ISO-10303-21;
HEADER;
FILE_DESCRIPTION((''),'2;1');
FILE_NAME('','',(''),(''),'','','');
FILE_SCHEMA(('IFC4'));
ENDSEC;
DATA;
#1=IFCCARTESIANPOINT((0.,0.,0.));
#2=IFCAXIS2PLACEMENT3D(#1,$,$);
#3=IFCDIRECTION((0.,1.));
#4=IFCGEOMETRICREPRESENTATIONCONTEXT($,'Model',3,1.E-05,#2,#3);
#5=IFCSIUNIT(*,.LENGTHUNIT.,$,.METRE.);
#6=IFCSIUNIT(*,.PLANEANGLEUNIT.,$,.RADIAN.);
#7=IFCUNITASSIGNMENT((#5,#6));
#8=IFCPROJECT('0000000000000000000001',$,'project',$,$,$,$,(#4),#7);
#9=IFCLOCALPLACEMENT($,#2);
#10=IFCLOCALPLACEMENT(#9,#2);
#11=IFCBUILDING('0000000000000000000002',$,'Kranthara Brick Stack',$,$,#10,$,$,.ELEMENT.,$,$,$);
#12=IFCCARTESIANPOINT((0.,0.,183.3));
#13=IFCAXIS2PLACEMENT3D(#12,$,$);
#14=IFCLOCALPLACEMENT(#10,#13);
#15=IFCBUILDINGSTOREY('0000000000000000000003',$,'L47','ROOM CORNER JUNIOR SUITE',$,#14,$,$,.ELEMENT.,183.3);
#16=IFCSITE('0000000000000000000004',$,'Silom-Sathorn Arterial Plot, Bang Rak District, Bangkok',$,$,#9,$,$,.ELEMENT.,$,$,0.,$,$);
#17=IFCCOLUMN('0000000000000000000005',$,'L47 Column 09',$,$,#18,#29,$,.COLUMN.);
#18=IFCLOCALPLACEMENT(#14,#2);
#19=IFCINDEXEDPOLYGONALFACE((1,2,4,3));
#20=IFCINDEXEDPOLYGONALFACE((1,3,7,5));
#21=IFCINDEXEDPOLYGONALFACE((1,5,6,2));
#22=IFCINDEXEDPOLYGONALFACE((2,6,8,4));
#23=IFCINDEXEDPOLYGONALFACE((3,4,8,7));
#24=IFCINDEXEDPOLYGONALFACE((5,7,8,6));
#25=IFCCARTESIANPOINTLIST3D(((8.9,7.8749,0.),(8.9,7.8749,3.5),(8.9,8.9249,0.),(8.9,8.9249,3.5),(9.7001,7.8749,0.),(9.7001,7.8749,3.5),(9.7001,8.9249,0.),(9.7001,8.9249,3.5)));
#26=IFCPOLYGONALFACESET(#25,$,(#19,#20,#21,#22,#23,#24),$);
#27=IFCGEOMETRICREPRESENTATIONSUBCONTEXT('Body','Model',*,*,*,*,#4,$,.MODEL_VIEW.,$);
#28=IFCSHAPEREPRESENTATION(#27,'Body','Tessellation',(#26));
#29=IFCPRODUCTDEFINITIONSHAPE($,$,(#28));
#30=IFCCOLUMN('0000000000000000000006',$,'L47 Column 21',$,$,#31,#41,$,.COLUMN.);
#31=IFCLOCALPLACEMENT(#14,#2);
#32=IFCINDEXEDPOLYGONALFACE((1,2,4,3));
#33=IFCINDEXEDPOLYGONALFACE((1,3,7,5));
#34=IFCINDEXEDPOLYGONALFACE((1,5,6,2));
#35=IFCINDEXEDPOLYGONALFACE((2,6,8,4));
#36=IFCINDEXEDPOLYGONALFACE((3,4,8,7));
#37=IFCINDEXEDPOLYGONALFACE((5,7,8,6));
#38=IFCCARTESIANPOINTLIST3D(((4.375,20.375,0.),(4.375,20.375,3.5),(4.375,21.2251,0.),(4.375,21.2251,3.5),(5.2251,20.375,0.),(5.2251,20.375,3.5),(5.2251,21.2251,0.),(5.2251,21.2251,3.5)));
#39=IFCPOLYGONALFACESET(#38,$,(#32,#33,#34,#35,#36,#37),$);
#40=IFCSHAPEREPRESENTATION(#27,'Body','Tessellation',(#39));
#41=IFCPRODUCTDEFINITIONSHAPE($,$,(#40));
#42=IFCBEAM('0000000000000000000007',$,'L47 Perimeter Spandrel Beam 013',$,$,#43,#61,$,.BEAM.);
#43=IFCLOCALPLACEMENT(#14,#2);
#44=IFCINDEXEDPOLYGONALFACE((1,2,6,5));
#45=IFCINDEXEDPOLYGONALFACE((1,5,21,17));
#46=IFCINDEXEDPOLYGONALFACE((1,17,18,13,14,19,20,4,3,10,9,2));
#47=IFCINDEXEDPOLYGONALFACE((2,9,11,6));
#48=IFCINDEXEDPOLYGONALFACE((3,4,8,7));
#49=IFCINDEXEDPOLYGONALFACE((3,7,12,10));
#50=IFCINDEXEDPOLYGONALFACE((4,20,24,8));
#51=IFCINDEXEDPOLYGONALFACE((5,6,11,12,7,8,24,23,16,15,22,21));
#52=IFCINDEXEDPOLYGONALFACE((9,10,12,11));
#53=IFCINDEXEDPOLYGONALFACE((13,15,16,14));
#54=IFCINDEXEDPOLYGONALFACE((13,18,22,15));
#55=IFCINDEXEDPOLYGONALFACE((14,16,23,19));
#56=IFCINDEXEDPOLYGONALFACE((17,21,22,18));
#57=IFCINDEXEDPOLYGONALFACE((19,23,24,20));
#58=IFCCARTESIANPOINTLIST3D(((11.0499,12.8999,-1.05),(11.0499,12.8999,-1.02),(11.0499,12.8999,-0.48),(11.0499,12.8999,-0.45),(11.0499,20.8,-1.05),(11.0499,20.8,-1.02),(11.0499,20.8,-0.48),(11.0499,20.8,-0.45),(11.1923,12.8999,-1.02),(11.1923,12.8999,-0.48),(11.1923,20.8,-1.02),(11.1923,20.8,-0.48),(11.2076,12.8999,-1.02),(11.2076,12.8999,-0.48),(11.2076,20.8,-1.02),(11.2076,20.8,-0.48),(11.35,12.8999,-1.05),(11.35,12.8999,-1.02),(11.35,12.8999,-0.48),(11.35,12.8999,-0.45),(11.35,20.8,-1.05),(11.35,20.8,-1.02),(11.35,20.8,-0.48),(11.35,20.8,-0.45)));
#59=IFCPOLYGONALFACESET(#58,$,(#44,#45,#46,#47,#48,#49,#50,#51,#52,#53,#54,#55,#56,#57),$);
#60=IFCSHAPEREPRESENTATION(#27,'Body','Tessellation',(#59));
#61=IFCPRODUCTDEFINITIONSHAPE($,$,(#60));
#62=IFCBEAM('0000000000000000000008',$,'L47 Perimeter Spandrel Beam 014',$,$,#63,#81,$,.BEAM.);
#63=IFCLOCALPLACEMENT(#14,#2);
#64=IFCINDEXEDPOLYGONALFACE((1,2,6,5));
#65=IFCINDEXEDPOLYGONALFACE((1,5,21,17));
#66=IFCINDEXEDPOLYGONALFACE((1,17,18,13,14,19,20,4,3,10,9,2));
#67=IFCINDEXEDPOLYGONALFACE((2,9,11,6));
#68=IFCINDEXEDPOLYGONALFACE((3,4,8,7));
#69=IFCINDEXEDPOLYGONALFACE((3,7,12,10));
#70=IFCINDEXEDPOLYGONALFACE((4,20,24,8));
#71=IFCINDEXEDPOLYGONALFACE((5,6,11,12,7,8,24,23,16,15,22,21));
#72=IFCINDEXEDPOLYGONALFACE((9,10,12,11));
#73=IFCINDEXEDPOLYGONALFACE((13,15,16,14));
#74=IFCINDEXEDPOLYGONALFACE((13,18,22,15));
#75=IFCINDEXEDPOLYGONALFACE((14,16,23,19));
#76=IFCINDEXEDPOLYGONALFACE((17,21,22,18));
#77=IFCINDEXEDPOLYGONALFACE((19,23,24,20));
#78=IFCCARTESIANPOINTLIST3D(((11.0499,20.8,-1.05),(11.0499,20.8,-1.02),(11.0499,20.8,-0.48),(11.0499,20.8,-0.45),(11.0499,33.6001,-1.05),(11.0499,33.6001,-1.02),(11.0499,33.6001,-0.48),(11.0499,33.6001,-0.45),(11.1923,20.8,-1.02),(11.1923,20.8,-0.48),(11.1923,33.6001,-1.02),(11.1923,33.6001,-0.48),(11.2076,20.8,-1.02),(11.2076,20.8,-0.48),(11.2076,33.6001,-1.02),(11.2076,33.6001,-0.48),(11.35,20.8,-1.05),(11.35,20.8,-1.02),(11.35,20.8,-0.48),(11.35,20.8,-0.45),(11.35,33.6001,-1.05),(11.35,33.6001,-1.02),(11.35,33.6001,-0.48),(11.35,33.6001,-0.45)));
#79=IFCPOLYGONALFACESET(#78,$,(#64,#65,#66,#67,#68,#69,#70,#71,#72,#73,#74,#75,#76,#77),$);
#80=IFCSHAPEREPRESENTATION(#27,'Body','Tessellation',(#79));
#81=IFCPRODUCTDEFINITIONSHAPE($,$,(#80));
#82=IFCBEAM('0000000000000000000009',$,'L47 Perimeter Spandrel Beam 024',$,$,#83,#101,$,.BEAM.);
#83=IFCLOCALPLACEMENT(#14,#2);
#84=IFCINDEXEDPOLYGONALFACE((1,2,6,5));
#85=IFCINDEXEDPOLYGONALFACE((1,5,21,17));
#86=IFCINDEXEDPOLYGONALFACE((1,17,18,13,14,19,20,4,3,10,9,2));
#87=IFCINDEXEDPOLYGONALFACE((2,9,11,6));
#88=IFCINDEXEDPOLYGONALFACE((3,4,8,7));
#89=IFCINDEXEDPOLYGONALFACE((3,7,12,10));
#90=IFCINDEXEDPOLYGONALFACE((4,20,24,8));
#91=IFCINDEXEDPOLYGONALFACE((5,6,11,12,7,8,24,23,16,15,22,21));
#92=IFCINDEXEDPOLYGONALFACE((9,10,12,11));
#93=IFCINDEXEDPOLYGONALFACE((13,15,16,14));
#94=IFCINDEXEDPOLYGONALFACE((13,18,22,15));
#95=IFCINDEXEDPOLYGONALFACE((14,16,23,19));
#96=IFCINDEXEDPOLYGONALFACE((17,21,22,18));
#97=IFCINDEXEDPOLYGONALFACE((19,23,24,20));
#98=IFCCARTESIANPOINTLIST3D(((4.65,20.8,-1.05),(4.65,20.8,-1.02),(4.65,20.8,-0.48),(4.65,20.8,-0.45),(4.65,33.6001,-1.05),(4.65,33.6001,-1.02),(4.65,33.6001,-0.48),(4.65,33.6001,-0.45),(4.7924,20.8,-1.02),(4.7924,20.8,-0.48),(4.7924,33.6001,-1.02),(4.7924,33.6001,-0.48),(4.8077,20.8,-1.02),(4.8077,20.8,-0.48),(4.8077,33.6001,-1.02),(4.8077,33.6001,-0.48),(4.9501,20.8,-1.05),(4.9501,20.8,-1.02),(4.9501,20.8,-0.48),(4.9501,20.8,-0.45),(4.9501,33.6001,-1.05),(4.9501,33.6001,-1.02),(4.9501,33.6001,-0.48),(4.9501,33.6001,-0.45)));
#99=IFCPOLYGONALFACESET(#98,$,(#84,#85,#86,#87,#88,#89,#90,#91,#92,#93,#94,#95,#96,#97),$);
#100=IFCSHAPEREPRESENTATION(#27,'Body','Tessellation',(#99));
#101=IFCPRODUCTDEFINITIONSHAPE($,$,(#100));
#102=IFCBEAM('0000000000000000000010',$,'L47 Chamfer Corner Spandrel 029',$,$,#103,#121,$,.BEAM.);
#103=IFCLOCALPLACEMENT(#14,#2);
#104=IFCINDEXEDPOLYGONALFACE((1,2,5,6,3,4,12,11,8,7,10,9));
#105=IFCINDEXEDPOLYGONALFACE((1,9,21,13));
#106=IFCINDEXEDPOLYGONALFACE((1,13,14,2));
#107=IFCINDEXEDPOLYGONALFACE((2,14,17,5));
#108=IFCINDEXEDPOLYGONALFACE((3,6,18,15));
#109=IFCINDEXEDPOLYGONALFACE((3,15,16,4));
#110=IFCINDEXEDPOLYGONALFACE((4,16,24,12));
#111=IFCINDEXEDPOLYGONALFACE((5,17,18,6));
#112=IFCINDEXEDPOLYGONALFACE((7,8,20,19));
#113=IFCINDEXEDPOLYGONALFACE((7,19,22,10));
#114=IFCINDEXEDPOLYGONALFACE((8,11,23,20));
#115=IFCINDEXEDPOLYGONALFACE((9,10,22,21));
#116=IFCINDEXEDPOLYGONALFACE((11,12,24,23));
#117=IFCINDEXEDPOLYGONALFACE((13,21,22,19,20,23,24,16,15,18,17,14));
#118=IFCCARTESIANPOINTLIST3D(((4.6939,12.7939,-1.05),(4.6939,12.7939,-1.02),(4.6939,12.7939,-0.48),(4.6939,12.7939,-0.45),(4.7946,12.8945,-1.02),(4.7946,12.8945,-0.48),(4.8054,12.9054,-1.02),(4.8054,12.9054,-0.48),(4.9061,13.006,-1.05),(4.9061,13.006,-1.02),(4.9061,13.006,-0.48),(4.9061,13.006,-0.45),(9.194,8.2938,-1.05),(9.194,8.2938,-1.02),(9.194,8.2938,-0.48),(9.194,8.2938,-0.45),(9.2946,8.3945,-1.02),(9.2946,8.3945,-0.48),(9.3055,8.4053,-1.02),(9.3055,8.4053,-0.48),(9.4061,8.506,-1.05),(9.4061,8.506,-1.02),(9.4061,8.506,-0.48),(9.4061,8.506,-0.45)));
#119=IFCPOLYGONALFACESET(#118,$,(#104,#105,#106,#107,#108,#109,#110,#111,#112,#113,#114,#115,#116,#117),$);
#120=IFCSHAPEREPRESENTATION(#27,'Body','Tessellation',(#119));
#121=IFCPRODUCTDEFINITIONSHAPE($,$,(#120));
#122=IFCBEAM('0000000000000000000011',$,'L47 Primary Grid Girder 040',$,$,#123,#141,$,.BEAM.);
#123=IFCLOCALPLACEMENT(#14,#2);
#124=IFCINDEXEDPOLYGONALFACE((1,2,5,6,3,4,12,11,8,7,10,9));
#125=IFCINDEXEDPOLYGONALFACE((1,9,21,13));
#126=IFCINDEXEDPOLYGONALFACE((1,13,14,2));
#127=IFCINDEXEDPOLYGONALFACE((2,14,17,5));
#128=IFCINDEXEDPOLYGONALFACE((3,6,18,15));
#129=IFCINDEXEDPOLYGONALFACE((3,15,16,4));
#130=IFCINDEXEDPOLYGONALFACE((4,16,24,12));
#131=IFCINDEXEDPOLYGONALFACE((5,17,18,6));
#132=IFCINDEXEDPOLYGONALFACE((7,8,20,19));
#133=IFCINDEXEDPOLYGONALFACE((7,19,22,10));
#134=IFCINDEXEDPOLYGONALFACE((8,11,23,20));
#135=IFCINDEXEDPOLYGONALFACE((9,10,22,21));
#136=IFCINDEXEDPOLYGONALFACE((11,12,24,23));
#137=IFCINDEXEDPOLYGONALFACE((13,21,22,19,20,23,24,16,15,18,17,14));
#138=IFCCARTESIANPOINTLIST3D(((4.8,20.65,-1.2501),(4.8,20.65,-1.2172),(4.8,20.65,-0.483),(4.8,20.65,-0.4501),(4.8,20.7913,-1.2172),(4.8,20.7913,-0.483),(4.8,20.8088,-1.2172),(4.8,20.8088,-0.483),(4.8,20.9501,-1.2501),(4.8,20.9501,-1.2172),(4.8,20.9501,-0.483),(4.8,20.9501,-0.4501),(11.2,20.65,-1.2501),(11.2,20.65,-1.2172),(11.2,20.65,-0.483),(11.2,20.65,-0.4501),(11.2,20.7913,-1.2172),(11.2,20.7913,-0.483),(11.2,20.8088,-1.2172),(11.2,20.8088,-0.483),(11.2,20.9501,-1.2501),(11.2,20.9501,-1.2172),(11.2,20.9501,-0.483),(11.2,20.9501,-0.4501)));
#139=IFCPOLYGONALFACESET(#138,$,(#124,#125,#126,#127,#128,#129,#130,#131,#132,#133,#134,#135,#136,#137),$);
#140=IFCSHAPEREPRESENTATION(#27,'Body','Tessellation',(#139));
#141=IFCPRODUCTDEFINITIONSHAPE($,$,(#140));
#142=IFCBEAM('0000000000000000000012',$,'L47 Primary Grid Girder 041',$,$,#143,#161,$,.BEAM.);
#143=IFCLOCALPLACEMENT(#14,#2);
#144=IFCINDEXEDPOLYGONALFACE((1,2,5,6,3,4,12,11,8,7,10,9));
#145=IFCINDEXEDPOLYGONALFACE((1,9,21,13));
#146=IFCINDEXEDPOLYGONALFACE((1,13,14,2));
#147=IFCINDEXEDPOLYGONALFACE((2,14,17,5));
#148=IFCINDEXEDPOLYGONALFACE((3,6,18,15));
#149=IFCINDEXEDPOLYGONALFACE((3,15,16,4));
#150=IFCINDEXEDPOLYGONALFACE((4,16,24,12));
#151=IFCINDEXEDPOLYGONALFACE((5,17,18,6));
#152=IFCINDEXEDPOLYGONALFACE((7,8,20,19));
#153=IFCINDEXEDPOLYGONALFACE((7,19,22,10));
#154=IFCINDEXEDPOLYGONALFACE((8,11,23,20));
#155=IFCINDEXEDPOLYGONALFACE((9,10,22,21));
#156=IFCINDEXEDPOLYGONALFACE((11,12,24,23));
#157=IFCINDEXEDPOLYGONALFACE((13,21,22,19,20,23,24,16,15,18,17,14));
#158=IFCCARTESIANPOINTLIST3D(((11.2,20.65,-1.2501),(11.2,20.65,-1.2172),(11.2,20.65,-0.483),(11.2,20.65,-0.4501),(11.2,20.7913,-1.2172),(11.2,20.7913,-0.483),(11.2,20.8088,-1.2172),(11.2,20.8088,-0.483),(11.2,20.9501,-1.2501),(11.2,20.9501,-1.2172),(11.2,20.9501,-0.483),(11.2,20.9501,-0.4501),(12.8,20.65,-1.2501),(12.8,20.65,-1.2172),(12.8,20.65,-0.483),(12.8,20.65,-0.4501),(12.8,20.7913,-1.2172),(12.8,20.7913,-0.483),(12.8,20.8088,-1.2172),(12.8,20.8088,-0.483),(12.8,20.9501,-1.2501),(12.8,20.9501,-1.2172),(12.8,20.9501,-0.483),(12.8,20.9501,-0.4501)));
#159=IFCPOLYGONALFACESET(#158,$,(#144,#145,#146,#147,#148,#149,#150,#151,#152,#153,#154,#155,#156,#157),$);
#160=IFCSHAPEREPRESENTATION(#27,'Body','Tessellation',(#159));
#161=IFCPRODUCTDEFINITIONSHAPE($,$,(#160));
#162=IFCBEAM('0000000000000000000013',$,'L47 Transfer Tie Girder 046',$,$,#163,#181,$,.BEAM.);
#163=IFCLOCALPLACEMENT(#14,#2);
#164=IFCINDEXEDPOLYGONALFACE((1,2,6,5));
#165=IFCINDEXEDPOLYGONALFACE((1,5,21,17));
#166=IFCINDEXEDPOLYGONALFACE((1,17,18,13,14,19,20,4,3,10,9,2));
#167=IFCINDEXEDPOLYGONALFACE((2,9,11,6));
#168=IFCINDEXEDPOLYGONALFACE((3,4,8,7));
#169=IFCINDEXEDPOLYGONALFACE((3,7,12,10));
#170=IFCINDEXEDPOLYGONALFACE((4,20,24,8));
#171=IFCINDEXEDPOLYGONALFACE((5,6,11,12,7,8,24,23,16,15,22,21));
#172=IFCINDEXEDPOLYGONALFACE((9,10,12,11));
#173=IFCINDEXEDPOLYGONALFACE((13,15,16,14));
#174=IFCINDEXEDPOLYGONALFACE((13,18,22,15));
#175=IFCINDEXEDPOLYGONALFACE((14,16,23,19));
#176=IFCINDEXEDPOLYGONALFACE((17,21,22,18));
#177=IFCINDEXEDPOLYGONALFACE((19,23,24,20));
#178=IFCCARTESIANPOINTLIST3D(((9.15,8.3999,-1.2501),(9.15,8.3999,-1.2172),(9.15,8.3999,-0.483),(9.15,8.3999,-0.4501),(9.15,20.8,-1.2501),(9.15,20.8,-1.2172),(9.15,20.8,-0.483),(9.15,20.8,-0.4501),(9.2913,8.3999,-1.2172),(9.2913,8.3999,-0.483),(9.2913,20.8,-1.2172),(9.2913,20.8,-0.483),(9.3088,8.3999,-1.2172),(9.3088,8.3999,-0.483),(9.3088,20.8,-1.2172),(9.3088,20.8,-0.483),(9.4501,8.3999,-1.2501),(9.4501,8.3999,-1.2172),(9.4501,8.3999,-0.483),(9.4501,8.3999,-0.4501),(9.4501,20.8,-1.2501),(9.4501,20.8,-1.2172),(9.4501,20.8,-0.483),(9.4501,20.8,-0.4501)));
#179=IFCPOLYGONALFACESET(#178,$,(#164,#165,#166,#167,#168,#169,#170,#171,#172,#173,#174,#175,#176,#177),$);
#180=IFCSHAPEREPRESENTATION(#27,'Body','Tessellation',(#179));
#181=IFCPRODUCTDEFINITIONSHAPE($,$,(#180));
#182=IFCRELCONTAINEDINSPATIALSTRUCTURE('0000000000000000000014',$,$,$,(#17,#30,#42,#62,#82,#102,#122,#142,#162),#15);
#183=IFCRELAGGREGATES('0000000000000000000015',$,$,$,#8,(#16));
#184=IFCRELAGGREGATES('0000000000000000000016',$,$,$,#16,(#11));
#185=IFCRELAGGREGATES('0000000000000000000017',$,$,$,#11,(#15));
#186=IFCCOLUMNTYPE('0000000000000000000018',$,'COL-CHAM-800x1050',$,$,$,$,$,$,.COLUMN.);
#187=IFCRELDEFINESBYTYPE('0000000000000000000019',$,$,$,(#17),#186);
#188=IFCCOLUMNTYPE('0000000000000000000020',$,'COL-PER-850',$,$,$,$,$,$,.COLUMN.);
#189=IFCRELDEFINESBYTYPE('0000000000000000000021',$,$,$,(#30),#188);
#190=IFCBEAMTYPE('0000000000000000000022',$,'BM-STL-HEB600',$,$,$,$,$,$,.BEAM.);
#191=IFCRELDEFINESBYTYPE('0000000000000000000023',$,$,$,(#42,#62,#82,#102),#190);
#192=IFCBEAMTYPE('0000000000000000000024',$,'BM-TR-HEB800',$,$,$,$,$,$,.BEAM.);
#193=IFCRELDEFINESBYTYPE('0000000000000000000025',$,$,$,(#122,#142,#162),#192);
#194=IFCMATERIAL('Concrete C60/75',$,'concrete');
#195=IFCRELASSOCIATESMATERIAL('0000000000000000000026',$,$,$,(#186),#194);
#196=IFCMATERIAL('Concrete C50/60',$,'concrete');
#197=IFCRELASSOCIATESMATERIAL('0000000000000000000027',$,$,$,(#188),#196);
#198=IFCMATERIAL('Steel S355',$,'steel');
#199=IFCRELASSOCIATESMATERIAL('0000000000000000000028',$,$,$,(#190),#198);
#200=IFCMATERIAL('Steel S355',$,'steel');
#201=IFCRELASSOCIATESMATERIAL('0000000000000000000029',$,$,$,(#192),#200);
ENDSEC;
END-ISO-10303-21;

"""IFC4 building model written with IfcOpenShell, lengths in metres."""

from ifc_helpers import new_model, si_unit, direction, frame, origin, origin_2d, place, context, subcontext, project, spatial, rectangle, i_section, extrude, material, material_profile, profile_set, type_object, element, save


model = new_model("IFC4")

# Units and contexts
model_context = context("Model", 3, precision=1e-05, world=origin(), true_north=direction((0.0, 1.0)))
body_context = subcontext(model_context, "Body", "Model", "MODEL_VIEW")
ifc_project = project(units=[si_unit("LENGTHUNIT", "METRE"), si_unit("PLANEANGLEUNIT", "RADIAN")], contexts=[model_context])

# Site, building, storey
site_placement = place(None, origin())
site = spatial("IfcSite", under=ifc_project, at=site_placement, Name="Silom-Sathorn Arterial Plot, Bang Rak District, Bangkok", CompositionType="ELEMENT", RefElevation=0.0)
building_placement = place(site_placement, origin())
building = spatial("IfcBuilding", under=site, at=building_placement, Name="Kranthara Brick Stack", CompositionType="ELEMENT")
storey_placement = place(building_placement, frame((0.0, 0.0, 183.3)))
storey = spatial("IfcBuildingStorey", under=building, at=storey_placement, Name="L47", Description="ROOM CORNER JUNIOR SUITE", CompositionType="ELEMENT", Elevation=183.3)

# Columns
ifc_material_1 = material(Name="Concrete C60/75", Category="concrete")
ifc_material_profile_1 = material_profile(ifc_material_1, rectangle(XDim=0.8, YDim=1.05, at=origin_2d()), Name="RC 800x1050")
ifc_profile_set_1 = profile_set([ifc_material_profile_1], Name="Concrete C60/75")
column_type_1 = type_object("IfcColumnType", Name="COL-CHAM-800x1050", PredefinedType="COLUMN", material=ifc_profile_set_1)
column_1_placement = place(storey_placement, frame((9.3, 8.3999, 0.0), z_axis=(0.0, 0.0, 1.0), x_axis=(1.0, 0.0, 0.0)))
element("IfcColumn", 1, at=column_1_placement, inside=storey, type_object=column_type_1, Name="L47 Column 09", PredefinedType="COLUMN", context=body_context, shape_type="SweptSolid", body=[
    extrude(rectangle(XDim=0.8, YDim=1.05, at=origin_2d()), origin(), (0.0, 0.0, 1.0), 3.5),
])
ifc_material_2 = material(Name="Concrete C50/60", Category="concrete")
ifc_material_profile_2 = material_profile(ifc_material_2, rectangle(XDim=0.8501, YDim=0.8501, at=origin_2d()), Name="RC 850x850")
ifc_profile_set_2 = profile_set([ifc_material_profile_2], Name="Concrete C50/60")
column_type_2 = type_object("IfcColumnType", Name="COL-PER-850", PredefinedType="COLUMN", material=ifc_profile_set_2)
column_2_placement = place(storey_placement, frame((4.8, 20.8, 0.0), z_axis=(0.0, 0.0, 1.0), x_axis=(1.0, 0.0, 0.0)))
element("IfcColumn", 2, at=column_2_placement, inside=storey, type_object=column_type_2, Name="L47 Column 21", PredefinedType="COLUMN", context=body_context, shape_type="SweptSolid", body=[
    extrude(rectangle(XDim=0.8501, YDim=0.8501, at=origin_2d()), origin(), (0.0, 0.0, 1.0), 3.5),
])

# Beams
ifc_material_3 = material(Name="Steel S355", Category="steel")
ifc_material_profile_3 = material_profile(ifc_material_3, i_section(OverallWidth=0.3, OverallDepth=0.6001, WebThickness=0.0154, FlangeThickness=0.03, at=origin_2d()), Name="HEB 600")
ifc_profile_set_3 = profile_set([ifc_material_profile_3], Name="Steel S355")
beam_type_1 = type_object("IfcBeamType", Name="BM-STL-HEB600", PredefinedType="BEAM", material=ifc_profile_set_3)
beam_1_placement = place(storey_placement, frame((11.2, 12.8999, -0.75), z_axis=(0.0, 1.0, 0.0), x_axis=(-1.0, 0.0, 0.0)))
element("IfcBeam", 3, at=beam_1_placement, inside=storey, type_object=beam_type_1, Name="L47 Perimeter Spandrel Beam 013", PredefinedType="BEAM", context=body_context, shape_type="SweptSolid", body=[
    extrude(i_section(OverallWidth=0.3, OverallDepth=0.6001, WebThickness=0.0154, FlangeThickness=0.03, at=origin_2d()), origin(), (0.0, 0.0, 1.0), 7.9001),
])
for number, where, z_axis, x_axis, name in (
    (4, (11.2, 20.8, -0.75), (0.0, 1.0, 0.0), (-1.0, 0.0, 0.0), "L47 Perimeter Spandrel Beam 014"),
    (5, (4.8, 20.8, -0.75), (0.0, 1.0, 0.0), (-1.0, 0.0, 0.0), "L47 Perimeter Spandrel Beam 024"),
):
    element("IfcBeam", number, at=place(storey_placement, frame(where, z_axis=z_axis, x_axis=x_axis)), inside=storey, type_object=beam_type_1, Name=name, PredefinedType="BEAM", context=body_context, shape_type="SweptSolid", body=[
        extrude(i_section(OverallWidth=0.3, OverallDepth=0.6001, WebThickness=0.0154, FlangeThickness=0.03, at=origin_2d()), origin(), (0.0, 0.0, 1.0), 12.8),
    ])
beam_2_placement = place(storey_placement, frame((9.3, 8.3999, -0.75), z_axis=(-0.707107, 0.707107, 0.0), x_axis=(-0.707107, -0.707107, 0.0)))
element("IfcBeam", 6, at=beam_2_placement, inside=storey, type_object=beam_type_1, Name="L47 Chamfer Corner Spandrel 029", PredefinedType="BEAM", context=body_context, shape_type="SweptSolid", body=[
    extrude(i_section(OverallWidth=0.3, OverallDepth=0.6001, WebThickness=0.0154, FlangeThickness=0.03, at=origin_2d()), origin(), (0.0, 0.0, 1.0), 6.364),
])
ifc_material_4 = material(Name="Steel S355", Category="steel")
ifc_material_profile_4 = material_profile(ifc_material_4, i_section(OverallWidth=0.3, OverallDepth=0.8, WebThickness=0.0176, FlangeThickness=0.033, at=origin_2d()), Name="HEB 800")
ifc_profile_set_4 = profile_set([ifc_material_profile_4], Name="Steel S355")
beam_type_2 = type_object("IfcBeamType", Name="BM-TR-HEB800", PredefinedType="BEAM", material=ifc_profile_set_4)
beam_3_placement = place(storey_placement, frame((4.8, 20.8, -0.8501), z_axis=(1.0, 0.0, 0.0), x_axis=(0.0, 1.0, 0.0)))
element("IfcBeam", 7, at=beam_3_placement, inside=storey, type_object=beam_type_2, Name="L47 Primary Grid Girder 040", PredefinedType="BEAM", context=body_context, shape_type="SweptSolid", body=[
    extrude(i_section(OverallWidth=0.3, OverallDepth=0.8, WebThickness=0.0176, FlangeThickness=0.033, at=origin_2d()), origin(), (0.0, 0.0, 1.0), 6.3999),
])
beam_4_placement = place(storey_placement, frame((11.2, 20.8, -0.8501), z_axis=(1.0, 0.0, 0.0), x_axis=(0.0, 1.0, 0.0)))
element("IfcBeam", 8, at=beam_4_placement, inside=storey, type_object=beam_type_2, Name="L47 Primary Grid Girder 041", PredefinedType="BEAM", context=body_context, shape_type="SweptSolid", body=[
    extrude(i_section(OverallWidth=0.3, OverallDepth=0.8, WebThickness=0.0176, FlangeThickness=0.033, at=origin_2d()), origin(), (0.0, 0.0, 1.0), 1.6001),
])
beam_5_placement = place(storey_placement, frame((9.3, 8.3999, -0.8501), z_axis=(0.0, 1.0, 0.0), x_axis=(-1.0, 0.0, 0.0)))
element("IfcBeam", 9, at=beam_5_placement, inside=storey, type_object=beam_type_2, Name="L47 Transfer Tie Girder 046", PredefinedType="BEAM", context=body_context, shape_type="SweptSolid", body=[
    extrude(i_section(OverallWidth=0.3, OverallDepth=0.8, WebThickness=0.0176, FlangeThickness=0.033, at=origin_2d()), origin(), (0.0, 0.0, 1.0), 12.4001),
])

save(model, "model.ifc")
